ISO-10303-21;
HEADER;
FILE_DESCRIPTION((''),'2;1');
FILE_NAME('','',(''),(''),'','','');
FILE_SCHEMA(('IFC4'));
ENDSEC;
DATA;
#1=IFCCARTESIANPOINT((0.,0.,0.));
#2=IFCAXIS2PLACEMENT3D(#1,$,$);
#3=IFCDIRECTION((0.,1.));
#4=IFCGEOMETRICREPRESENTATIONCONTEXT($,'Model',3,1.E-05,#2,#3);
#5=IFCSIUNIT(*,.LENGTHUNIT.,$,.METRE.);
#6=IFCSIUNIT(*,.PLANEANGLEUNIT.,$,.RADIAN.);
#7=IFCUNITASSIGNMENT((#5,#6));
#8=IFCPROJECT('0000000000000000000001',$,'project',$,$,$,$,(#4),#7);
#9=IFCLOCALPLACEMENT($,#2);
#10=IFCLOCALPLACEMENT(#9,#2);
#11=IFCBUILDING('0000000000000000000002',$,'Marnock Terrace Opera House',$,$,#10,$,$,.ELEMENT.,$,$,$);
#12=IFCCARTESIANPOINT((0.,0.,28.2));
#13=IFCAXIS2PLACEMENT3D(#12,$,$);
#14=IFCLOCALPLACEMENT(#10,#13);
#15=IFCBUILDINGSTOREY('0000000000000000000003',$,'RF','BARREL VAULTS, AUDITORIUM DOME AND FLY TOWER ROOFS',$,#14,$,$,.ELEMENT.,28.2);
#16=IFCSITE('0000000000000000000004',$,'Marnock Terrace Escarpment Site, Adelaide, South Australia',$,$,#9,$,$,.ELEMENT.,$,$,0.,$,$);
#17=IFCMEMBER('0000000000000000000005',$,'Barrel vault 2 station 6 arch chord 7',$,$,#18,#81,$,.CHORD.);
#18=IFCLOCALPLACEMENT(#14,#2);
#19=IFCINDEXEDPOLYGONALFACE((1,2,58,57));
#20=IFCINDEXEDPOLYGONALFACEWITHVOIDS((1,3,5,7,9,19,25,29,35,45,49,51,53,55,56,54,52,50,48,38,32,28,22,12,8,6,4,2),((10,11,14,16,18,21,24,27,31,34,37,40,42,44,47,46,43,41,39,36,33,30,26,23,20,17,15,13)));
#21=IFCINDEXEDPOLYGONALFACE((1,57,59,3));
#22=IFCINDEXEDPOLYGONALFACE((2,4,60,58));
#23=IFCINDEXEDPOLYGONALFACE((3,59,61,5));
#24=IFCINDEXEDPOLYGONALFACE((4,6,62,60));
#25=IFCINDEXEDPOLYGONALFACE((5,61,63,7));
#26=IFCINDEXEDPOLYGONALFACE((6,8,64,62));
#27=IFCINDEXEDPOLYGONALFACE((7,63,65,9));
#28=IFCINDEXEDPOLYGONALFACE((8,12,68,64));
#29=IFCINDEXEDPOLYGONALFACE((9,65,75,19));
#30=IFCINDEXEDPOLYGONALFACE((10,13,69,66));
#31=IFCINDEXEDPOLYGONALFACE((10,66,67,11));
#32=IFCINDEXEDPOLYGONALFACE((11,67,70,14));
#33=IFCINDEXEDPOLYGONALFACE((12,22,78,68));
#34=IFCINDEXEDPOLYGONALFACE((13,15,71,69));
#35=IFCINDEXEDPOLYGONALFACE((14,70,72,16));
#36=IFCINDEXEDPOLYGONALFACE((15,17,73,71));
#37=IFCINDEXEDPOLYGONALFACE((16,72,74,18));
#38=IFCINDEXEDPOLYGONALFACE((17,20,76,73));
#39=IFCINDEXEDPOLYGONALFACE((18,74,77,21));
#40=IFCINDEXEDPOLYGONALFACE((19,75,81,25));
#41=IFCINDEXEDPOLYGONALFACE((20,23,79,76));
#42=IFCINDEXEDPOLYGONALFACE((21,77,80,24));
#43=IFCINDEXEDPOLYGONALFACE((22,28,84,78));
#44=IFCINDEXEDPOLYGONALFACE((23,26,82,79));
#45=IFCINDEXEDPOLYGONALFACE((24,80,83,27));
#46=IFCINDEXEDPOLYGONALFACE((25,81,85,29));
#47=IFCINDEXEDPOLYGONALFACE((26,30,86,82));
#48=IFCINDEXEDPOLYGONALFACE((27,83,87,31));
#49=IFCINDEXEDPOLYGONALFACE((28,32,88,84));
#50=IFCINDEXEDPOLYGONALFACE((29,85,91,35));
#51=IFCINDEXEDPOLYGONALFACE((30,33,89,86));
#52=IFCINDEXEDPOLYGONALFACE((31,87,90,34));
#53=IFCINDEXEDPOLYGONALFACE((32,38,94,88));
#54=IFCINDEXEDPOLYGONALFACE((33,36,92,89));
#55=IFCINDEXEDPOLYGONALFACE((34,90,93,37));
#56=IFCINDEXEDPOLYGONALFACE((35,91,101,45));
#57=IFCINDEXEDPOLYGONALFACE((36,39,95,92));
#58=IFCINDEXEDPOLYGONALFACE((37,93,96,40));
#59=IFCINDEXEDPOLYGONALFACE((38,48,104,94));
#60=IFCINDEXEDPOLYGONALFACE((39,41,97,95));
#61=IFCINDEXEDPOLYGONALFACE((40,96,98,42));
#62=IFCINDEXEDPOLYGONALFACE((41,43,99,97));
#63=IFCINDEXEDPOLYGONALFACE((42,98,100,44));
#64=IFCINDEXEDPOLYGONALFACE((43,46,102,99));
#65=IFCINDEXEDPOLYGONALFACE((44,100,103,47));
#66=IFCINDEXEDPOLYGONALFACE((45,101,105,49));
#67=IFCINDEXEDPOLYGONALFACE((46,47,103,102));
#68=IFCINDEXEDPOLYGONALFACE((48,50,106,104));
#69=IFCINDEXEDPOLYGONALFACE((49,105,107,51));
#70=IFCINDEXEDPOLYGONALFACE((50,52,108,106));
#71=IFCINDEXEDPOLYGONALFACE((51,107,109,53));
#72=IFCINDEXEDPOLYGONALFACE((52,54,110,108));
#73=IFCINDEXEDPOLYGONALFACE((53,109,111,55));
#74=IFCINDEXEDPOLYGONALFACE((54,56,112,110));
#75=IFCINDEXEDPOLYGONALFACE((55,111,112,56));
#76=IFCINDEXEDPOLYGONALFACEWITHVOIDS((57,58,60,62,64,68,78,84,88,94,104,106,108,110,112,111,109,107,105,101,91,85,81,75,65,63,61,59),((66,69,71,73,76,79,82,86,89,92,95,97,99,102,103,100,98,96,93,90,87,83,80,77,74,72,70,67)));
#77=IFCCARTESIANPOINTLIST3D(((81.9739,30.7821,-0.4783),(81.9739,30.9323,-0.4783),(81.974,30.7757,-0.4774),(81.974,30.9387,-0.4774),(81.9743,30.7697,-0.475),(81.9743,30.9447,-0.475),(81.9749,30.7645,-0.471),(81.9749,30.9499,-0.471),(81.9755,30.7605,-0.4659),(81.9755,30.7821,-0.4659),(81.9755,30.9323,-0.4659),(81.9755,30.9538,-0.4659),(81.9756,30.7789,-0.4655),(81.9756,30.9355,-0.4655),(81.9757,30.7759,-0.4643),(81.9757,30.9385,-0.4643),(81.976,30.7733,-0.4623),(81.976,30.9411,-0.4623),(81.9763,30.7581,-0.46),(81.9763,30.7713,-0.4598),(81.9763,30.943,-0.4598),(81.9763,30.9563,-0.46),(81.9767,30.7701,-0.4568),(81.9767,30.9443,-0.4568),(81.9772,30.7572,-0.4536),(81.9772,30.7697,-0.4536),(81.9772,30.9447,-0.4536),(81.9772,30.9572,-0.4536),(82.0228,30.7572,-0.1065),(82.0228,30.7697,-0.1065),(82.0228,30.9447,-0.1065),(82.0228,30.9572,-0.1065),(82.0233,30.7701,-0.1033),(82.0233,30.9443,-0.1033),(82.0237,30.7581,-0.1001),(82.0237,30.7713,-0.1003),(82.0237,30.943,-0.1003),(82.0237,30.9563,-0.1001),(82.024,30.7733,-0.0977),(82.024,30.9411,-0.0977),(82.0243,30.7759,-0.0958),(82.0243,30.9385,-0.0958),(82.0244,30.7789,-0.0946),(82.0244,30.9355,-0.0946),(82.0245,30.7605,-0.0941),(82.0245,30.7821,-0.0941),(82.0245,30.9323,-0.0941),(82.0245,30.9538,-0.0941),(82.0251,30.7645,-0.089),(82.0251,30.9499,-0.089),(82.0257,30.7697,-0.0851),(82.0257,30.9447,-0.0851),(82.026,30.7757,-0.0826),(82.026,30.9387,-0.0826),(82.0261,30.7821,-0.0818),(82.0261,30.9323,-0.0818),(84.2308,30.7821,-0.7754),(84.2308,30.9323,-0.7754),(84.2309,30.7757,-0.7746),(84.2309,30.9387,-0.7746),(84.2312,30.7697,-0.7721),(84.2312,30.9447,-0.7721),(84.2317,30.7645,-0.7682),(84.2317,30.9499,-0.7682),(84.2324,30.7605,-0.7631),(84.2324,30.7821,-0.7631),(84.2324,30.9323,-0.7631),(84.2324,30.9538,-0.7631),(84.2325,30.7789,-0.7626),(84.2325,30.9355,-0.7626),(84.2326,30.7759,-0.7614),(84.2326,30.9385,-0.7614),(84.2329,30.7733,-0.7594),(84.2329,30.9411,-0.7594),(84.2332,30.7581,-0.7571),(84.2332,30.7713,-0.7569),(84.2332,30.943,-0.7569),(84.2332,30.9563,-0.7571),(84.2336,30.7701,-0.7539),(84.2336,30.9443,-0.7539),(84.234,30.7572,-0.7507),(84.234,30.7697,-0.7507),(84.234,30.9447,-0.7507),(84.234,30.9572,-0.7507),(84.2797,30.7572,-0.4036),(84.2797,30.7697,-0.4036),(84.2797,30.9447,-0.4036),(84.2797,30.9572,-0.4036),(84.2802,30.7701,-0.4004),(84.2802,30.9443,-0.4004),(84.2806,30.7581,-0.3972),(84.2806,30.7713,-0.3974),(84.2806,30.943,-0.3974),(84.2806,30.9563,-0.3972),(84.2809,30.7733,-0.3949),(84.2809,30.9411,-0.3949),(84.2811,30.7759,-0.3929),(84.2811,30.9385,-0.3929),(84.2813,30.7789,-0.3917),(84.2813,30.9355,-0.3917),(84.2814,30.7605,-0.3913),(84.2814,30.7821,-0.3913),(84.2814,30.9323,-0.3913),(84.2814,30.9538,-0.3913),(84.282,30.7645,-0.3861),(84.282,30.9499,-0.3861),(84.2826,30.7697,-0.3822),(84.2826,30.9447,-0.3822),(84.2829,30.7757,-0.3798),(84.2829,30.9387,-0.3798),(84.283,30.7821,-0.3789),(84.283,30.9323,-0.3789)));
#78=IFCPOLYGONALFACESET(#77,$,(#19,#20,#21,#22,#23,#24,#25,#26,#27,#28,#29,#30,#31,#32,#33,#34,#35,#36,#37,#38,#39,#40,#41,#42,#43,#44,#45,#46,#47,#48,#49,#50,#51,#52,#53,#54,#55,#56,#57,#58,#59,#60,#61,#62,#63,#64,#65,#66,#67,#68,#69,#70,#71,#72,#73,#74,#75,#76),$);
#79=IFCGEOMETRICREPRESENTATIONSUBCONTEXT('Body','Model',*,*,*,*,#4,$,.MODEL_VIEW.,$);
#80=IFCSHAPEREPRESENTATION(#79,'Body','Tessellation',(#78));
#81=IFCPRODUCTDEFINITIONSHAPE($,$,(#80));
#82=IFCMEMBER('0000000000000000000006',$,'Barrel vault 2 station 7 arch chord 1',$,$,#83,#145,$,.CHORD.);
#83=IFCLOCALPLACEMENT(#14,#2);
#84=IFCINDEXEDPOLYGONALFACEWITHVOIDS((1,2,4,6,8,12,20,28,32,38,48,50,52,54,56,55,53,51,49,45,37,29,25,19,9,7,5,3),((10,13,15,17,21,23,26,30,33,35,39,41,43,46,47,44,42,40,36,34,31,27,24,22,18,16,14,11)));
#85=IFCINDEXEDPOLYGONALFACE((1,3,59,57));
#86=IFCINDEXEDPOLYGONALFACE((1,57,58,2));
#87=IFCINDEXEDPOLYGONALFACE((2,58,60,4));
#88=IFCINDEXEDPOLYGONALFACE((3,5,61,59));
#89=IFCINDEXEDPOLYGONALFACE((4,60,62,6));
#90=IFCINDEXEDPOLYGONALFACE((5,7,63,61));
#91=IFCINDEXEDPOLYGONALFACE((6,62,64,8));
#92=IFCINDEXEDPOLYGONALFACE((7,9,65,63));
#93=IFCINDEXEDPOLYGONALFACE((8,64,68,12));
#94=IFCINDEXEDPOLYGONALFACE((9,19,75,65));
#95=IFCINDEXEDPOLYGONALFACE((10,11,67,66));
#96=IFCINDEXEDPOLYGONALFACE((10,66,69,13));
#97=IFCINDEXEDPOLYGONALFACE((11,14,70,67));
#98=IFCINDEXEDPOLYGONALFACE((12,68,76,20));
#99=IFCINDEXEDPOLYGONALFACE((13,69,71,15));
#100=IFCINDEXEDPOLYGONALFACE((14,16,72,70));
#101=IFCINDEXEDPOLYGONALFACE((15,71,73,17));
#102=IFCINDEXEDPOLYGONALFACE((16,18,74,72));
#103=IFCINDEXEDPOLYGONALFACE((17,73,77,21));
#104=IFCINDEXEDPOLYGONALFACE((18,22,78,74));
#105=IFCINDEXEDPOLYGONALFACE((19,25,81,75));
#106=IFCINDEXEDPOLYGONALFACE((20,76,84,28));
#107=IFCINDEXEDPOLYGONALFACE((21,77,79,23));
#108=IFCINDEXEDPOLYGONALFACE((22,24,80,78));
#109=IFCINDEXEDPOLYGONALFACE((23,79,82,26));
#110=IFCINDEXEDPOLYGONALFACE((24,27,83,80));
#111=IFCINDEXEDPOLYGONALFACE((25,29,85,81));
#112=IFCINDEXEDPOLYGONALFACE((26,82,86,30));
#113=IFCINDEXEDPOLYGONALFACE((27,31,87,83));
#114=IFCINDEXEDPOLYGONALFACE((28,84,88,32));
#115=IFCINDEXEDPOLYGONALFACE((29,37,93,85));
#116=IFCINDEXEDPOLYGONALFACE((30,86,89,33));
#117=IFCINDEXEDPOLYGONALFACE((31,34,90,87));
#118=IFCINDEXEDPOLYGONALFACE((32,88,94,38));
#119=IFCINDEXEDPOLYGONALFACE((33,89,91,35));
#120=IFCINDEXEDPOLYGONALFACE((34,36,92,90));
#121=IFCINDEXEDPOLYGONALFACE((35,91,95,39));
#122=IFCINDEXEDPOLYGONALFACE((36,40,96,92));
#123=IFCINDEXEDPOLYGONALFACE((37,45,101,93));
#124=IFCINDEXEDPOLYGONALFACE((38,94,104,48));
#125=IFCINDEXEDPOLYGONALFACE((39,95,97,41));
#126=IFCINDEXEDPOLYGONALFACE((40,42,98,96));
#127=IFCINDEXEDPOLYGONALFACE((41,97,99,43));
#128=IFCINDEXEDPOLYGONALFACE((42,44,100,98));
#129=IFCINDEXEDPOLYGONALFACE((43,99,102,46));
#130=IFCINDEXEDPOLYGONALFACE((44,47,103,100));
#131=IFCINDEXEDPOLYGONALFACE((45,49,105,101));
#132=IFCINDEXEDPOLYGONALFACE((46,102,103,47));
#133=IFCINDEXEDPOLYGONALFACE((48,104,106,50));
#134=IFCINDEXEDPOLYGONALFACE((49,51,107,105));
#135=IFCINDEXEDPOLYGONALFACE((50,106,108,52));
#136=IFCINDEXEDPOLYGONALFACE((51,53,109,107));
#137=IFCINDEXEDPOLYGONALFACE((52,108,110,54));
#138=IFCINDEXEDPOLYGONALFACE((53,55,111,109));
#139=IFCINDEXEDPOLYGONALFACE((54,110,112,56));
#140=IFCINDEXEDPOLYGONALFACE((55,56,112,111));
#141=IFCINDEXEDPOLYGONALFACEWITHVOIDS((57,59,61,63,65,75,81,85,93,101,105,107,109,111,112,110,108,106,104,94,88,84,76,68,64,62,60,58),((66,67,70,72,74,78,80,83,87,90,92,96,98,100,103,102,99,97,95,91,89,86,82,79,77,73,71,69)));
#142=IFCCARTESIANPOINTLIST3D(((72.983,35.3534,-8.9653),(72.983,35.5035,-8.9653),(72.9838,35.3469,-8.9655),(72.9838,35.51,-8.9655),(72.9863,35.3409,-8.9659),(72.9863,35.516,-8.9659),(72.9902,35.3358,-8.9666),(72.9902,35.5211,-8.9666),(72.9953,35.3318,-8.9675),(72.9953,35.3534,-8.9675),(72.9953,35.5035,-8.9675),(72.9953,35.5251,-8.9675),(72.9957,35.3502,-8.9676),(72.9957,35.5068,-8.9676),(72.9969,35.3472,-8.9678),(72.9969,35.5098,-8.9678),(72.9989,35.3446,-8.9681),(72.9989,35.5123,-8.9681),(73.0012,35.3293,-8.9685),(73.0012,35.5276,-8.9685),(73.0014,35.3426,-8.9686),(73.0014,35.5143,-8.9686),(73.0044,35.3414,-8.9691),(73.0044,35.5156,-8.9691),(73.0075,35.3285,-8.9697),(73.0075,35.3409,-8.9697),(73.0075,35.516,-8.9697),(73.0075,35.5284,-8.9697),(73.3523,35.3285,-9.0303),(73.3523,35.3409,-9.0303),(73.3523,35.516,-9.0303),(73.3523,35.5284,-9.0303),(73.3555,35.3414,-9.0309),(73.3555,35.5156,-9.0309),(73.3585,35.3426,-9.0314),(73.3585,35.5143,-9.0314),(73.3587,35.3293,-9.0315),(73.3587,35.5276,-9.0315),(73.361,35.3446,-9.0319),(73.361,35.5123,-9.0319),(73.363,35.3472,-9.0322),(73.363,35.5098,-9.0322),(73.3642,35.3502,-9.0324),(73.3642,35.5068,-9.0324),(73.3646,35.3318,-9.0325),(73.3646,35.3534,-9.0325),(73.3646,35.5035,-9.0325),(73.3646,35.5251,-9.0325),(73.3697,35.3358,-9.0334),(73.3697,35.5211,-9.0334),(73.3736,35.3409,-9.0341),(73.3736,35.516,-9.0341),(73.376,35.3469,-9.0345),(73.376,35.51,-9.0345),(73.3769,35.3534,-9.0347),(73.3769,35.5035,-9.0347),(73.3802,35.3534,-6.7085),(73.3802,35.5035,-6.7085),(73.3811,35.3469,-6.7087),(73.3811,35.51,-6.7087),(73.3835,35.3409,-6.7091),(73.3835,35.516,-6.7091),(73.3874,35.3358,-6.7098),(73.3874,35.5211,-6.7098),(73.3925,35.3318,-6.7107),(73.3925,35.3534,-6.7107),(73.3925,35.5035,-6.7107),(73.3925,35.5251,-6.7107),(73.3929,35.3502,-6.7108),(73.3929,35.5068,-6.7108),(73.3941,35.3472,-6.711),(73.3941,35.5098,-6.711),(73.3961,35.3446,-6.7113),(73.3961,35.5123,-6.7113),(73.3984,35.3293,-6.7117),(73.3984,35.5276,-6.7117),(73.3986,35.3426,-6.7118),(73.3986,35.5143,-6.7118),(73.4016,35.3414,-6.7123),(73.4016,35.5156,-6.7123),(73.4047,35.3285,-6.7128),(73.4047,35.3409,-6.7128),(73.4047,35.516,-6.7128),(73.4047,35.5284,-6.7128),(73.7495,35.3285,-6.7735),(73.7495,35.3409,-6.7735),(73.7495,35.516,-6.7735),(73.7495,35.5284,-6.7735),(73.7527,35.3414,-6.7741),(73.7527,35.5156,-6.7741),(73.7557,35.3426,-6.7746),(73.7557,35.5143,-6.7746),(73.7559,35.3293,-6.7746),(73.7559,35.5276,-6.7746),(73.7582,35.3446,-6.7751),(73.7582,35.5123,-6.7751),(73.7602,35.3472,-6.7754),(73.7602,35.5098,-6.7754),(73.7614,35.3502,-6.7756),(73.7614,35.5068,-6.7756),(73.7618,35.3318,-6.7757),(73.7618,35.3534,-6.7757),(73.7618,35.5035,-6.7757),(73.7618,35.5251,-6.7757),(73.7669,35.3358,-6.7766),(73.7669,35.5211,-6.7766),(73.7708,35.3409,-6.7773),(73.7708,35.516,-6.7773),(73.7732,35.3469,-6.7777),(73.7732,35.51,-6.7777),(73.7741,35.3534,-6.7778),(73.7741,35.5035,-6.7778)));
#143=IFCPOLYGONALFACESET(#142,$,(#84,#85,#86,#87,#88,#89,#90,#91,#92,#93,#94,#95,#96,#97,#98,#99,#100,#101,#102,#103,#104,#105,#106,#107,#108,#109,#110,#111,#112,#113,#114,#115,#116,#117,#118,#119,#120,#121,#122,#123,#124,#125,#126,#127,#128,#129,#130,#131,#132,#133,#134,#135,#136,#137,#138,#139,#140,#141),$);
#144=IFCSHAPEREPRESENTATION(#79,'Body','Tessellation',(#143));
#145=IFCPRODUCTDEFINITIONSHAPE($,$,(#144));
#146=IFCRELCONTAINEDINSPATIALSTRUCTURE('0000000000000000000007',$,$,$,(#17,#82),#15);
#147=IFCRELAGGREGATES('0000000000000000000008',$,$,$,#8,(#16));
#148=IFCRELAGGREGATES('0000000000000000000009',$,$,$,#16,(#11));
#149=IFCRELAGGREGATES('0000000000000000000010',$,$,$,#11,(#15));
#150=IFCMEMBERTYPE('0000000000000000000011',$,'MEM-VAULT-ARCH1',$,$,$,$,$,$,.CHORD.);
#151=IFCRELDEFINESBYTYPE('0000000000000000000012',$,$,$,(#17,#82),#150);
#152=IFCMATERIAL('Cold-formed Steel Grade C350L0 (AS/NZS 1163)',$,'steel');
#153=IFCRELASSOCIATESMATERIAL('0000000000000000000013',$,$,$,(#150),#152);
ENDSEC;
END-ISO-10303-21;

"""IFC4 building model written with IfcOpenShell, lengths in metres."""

from ifc_helpers import new_model, si_unit, direction, frame, origin, origin_2d, place, context, subcontext, project, spatial, hollow_rectangle, extrude, material, material_profile, profile_set, type_object, element, save


model = new_model("IFC4")

# Units and contexts
model_context = context("Model", 3, precision=1e-05, world=origin(), true_north=direction((0.0, 1.0)))
body_context = subcontext(model_context, "Body", "Model", "MODEL_VIEW")
ifc_project = project(units=[si_unit("LENGTHUNIT", "METRE"), si_unit("PLANEANGLEUNIT", "RADIAN")], contexts=[model_context])

# Site, building, storey
site_placement = place(None, origin())
site = spatial("IfcSite", under=ifc_project, at=site_placement, Name="Marnock Terrace Escarpment Site, Adelaide, South Australia", CompositionType="ELEMENT", RefElevation=0.0)
building_placement = place(site_placement, origin())
building = spatial("IfcBuilding", under=site, at=building_placement, Name="Marnock Terrace Opera House", CompositionType="ELEMENT")
storey_placement = place(building_placement, frame((0.0, 0.0, 28.2)))
storey = spatial("IfcBuildingStorey", under=building, at=storey_placement, Name="RF", Description="BARREL VAULTS, AUDITORIUM DOME AND FLY TOWER ROOFS", CompositionType="ELEMENT", Elevation=28.2)

# Members
ifc_material_1 = material(Name="Cold-formed Steel Grade C350L0 (AS/NZS 1163)", Category="steel")
ifc_material_profile_1 = material_profile(ifc_material_1, hollow_rectangle(XDim=0.2, YDim=0.3999, WallThickness=0.0125, InnerFilletRadius=0.0125, OuterFilletRadius=0.0249, at=origin_2d()))
ifc_profile_set_1 = profile_set([ifc_material_profile_1], Name="Cold-formed Steel Grade C350L0 (AS/NZS 1163)")
member_type_1 = type_object("IfcMemberType", Name="MEM-VAULT-ARCH1", PredefinedType="CHORD", material=ifc_profile_set_1)
member_1_placement = place(storey_placement, frame((82.0, 30.8572, -0.28), z_axis=(0.991445, 0.0, -0.130527), x_axis=(0.0, 1.0, 0.0)))
element("IfcMember", 1, at=member_1_placement, inside=storey, type_object=member_type_1, Name="Barrel vault 2 station 6 arch chord 7", PredefinedType="CHORD", context=body_context, shape_type="SweptSolid", body=[
    extrude(hollow_rectangle(XDim=0.2, YDim=0.3999, WallThickness=0.0125, InnerFilletRadius=0.0125, OuterFilletRadius=0.0249, at=origin_2d()), origin(), (0.0, 0.0, 1.0), 2.2764),
])
member_2_placement = place(storey_placement, frame((73.1799, 35.4285, -9.0), z_axis=(0.173342, 0.0, 0.984862), x_axis=(0.0, 1.0, 0.0)))
element("IfcMember", 2, at=member_2_placement, inside=storey, type_object=member_type_1, Name="Barrel vault 2 station 7 arch chord 1", PredefinedType="CHORD", context=body_context, shape_type="SweptSolid", body=[
    extrude(hollow_rectangle(XDim=0.2, YDim=0.3999, WallThickness=0.0125, InnerFilletRadius=0.0125, OuterFilletRadius=0.0249, at=origin_2d()), origin(), (0.0, 0.0, 1.0), 2.2915),
])

save(model, "model.ifc")
